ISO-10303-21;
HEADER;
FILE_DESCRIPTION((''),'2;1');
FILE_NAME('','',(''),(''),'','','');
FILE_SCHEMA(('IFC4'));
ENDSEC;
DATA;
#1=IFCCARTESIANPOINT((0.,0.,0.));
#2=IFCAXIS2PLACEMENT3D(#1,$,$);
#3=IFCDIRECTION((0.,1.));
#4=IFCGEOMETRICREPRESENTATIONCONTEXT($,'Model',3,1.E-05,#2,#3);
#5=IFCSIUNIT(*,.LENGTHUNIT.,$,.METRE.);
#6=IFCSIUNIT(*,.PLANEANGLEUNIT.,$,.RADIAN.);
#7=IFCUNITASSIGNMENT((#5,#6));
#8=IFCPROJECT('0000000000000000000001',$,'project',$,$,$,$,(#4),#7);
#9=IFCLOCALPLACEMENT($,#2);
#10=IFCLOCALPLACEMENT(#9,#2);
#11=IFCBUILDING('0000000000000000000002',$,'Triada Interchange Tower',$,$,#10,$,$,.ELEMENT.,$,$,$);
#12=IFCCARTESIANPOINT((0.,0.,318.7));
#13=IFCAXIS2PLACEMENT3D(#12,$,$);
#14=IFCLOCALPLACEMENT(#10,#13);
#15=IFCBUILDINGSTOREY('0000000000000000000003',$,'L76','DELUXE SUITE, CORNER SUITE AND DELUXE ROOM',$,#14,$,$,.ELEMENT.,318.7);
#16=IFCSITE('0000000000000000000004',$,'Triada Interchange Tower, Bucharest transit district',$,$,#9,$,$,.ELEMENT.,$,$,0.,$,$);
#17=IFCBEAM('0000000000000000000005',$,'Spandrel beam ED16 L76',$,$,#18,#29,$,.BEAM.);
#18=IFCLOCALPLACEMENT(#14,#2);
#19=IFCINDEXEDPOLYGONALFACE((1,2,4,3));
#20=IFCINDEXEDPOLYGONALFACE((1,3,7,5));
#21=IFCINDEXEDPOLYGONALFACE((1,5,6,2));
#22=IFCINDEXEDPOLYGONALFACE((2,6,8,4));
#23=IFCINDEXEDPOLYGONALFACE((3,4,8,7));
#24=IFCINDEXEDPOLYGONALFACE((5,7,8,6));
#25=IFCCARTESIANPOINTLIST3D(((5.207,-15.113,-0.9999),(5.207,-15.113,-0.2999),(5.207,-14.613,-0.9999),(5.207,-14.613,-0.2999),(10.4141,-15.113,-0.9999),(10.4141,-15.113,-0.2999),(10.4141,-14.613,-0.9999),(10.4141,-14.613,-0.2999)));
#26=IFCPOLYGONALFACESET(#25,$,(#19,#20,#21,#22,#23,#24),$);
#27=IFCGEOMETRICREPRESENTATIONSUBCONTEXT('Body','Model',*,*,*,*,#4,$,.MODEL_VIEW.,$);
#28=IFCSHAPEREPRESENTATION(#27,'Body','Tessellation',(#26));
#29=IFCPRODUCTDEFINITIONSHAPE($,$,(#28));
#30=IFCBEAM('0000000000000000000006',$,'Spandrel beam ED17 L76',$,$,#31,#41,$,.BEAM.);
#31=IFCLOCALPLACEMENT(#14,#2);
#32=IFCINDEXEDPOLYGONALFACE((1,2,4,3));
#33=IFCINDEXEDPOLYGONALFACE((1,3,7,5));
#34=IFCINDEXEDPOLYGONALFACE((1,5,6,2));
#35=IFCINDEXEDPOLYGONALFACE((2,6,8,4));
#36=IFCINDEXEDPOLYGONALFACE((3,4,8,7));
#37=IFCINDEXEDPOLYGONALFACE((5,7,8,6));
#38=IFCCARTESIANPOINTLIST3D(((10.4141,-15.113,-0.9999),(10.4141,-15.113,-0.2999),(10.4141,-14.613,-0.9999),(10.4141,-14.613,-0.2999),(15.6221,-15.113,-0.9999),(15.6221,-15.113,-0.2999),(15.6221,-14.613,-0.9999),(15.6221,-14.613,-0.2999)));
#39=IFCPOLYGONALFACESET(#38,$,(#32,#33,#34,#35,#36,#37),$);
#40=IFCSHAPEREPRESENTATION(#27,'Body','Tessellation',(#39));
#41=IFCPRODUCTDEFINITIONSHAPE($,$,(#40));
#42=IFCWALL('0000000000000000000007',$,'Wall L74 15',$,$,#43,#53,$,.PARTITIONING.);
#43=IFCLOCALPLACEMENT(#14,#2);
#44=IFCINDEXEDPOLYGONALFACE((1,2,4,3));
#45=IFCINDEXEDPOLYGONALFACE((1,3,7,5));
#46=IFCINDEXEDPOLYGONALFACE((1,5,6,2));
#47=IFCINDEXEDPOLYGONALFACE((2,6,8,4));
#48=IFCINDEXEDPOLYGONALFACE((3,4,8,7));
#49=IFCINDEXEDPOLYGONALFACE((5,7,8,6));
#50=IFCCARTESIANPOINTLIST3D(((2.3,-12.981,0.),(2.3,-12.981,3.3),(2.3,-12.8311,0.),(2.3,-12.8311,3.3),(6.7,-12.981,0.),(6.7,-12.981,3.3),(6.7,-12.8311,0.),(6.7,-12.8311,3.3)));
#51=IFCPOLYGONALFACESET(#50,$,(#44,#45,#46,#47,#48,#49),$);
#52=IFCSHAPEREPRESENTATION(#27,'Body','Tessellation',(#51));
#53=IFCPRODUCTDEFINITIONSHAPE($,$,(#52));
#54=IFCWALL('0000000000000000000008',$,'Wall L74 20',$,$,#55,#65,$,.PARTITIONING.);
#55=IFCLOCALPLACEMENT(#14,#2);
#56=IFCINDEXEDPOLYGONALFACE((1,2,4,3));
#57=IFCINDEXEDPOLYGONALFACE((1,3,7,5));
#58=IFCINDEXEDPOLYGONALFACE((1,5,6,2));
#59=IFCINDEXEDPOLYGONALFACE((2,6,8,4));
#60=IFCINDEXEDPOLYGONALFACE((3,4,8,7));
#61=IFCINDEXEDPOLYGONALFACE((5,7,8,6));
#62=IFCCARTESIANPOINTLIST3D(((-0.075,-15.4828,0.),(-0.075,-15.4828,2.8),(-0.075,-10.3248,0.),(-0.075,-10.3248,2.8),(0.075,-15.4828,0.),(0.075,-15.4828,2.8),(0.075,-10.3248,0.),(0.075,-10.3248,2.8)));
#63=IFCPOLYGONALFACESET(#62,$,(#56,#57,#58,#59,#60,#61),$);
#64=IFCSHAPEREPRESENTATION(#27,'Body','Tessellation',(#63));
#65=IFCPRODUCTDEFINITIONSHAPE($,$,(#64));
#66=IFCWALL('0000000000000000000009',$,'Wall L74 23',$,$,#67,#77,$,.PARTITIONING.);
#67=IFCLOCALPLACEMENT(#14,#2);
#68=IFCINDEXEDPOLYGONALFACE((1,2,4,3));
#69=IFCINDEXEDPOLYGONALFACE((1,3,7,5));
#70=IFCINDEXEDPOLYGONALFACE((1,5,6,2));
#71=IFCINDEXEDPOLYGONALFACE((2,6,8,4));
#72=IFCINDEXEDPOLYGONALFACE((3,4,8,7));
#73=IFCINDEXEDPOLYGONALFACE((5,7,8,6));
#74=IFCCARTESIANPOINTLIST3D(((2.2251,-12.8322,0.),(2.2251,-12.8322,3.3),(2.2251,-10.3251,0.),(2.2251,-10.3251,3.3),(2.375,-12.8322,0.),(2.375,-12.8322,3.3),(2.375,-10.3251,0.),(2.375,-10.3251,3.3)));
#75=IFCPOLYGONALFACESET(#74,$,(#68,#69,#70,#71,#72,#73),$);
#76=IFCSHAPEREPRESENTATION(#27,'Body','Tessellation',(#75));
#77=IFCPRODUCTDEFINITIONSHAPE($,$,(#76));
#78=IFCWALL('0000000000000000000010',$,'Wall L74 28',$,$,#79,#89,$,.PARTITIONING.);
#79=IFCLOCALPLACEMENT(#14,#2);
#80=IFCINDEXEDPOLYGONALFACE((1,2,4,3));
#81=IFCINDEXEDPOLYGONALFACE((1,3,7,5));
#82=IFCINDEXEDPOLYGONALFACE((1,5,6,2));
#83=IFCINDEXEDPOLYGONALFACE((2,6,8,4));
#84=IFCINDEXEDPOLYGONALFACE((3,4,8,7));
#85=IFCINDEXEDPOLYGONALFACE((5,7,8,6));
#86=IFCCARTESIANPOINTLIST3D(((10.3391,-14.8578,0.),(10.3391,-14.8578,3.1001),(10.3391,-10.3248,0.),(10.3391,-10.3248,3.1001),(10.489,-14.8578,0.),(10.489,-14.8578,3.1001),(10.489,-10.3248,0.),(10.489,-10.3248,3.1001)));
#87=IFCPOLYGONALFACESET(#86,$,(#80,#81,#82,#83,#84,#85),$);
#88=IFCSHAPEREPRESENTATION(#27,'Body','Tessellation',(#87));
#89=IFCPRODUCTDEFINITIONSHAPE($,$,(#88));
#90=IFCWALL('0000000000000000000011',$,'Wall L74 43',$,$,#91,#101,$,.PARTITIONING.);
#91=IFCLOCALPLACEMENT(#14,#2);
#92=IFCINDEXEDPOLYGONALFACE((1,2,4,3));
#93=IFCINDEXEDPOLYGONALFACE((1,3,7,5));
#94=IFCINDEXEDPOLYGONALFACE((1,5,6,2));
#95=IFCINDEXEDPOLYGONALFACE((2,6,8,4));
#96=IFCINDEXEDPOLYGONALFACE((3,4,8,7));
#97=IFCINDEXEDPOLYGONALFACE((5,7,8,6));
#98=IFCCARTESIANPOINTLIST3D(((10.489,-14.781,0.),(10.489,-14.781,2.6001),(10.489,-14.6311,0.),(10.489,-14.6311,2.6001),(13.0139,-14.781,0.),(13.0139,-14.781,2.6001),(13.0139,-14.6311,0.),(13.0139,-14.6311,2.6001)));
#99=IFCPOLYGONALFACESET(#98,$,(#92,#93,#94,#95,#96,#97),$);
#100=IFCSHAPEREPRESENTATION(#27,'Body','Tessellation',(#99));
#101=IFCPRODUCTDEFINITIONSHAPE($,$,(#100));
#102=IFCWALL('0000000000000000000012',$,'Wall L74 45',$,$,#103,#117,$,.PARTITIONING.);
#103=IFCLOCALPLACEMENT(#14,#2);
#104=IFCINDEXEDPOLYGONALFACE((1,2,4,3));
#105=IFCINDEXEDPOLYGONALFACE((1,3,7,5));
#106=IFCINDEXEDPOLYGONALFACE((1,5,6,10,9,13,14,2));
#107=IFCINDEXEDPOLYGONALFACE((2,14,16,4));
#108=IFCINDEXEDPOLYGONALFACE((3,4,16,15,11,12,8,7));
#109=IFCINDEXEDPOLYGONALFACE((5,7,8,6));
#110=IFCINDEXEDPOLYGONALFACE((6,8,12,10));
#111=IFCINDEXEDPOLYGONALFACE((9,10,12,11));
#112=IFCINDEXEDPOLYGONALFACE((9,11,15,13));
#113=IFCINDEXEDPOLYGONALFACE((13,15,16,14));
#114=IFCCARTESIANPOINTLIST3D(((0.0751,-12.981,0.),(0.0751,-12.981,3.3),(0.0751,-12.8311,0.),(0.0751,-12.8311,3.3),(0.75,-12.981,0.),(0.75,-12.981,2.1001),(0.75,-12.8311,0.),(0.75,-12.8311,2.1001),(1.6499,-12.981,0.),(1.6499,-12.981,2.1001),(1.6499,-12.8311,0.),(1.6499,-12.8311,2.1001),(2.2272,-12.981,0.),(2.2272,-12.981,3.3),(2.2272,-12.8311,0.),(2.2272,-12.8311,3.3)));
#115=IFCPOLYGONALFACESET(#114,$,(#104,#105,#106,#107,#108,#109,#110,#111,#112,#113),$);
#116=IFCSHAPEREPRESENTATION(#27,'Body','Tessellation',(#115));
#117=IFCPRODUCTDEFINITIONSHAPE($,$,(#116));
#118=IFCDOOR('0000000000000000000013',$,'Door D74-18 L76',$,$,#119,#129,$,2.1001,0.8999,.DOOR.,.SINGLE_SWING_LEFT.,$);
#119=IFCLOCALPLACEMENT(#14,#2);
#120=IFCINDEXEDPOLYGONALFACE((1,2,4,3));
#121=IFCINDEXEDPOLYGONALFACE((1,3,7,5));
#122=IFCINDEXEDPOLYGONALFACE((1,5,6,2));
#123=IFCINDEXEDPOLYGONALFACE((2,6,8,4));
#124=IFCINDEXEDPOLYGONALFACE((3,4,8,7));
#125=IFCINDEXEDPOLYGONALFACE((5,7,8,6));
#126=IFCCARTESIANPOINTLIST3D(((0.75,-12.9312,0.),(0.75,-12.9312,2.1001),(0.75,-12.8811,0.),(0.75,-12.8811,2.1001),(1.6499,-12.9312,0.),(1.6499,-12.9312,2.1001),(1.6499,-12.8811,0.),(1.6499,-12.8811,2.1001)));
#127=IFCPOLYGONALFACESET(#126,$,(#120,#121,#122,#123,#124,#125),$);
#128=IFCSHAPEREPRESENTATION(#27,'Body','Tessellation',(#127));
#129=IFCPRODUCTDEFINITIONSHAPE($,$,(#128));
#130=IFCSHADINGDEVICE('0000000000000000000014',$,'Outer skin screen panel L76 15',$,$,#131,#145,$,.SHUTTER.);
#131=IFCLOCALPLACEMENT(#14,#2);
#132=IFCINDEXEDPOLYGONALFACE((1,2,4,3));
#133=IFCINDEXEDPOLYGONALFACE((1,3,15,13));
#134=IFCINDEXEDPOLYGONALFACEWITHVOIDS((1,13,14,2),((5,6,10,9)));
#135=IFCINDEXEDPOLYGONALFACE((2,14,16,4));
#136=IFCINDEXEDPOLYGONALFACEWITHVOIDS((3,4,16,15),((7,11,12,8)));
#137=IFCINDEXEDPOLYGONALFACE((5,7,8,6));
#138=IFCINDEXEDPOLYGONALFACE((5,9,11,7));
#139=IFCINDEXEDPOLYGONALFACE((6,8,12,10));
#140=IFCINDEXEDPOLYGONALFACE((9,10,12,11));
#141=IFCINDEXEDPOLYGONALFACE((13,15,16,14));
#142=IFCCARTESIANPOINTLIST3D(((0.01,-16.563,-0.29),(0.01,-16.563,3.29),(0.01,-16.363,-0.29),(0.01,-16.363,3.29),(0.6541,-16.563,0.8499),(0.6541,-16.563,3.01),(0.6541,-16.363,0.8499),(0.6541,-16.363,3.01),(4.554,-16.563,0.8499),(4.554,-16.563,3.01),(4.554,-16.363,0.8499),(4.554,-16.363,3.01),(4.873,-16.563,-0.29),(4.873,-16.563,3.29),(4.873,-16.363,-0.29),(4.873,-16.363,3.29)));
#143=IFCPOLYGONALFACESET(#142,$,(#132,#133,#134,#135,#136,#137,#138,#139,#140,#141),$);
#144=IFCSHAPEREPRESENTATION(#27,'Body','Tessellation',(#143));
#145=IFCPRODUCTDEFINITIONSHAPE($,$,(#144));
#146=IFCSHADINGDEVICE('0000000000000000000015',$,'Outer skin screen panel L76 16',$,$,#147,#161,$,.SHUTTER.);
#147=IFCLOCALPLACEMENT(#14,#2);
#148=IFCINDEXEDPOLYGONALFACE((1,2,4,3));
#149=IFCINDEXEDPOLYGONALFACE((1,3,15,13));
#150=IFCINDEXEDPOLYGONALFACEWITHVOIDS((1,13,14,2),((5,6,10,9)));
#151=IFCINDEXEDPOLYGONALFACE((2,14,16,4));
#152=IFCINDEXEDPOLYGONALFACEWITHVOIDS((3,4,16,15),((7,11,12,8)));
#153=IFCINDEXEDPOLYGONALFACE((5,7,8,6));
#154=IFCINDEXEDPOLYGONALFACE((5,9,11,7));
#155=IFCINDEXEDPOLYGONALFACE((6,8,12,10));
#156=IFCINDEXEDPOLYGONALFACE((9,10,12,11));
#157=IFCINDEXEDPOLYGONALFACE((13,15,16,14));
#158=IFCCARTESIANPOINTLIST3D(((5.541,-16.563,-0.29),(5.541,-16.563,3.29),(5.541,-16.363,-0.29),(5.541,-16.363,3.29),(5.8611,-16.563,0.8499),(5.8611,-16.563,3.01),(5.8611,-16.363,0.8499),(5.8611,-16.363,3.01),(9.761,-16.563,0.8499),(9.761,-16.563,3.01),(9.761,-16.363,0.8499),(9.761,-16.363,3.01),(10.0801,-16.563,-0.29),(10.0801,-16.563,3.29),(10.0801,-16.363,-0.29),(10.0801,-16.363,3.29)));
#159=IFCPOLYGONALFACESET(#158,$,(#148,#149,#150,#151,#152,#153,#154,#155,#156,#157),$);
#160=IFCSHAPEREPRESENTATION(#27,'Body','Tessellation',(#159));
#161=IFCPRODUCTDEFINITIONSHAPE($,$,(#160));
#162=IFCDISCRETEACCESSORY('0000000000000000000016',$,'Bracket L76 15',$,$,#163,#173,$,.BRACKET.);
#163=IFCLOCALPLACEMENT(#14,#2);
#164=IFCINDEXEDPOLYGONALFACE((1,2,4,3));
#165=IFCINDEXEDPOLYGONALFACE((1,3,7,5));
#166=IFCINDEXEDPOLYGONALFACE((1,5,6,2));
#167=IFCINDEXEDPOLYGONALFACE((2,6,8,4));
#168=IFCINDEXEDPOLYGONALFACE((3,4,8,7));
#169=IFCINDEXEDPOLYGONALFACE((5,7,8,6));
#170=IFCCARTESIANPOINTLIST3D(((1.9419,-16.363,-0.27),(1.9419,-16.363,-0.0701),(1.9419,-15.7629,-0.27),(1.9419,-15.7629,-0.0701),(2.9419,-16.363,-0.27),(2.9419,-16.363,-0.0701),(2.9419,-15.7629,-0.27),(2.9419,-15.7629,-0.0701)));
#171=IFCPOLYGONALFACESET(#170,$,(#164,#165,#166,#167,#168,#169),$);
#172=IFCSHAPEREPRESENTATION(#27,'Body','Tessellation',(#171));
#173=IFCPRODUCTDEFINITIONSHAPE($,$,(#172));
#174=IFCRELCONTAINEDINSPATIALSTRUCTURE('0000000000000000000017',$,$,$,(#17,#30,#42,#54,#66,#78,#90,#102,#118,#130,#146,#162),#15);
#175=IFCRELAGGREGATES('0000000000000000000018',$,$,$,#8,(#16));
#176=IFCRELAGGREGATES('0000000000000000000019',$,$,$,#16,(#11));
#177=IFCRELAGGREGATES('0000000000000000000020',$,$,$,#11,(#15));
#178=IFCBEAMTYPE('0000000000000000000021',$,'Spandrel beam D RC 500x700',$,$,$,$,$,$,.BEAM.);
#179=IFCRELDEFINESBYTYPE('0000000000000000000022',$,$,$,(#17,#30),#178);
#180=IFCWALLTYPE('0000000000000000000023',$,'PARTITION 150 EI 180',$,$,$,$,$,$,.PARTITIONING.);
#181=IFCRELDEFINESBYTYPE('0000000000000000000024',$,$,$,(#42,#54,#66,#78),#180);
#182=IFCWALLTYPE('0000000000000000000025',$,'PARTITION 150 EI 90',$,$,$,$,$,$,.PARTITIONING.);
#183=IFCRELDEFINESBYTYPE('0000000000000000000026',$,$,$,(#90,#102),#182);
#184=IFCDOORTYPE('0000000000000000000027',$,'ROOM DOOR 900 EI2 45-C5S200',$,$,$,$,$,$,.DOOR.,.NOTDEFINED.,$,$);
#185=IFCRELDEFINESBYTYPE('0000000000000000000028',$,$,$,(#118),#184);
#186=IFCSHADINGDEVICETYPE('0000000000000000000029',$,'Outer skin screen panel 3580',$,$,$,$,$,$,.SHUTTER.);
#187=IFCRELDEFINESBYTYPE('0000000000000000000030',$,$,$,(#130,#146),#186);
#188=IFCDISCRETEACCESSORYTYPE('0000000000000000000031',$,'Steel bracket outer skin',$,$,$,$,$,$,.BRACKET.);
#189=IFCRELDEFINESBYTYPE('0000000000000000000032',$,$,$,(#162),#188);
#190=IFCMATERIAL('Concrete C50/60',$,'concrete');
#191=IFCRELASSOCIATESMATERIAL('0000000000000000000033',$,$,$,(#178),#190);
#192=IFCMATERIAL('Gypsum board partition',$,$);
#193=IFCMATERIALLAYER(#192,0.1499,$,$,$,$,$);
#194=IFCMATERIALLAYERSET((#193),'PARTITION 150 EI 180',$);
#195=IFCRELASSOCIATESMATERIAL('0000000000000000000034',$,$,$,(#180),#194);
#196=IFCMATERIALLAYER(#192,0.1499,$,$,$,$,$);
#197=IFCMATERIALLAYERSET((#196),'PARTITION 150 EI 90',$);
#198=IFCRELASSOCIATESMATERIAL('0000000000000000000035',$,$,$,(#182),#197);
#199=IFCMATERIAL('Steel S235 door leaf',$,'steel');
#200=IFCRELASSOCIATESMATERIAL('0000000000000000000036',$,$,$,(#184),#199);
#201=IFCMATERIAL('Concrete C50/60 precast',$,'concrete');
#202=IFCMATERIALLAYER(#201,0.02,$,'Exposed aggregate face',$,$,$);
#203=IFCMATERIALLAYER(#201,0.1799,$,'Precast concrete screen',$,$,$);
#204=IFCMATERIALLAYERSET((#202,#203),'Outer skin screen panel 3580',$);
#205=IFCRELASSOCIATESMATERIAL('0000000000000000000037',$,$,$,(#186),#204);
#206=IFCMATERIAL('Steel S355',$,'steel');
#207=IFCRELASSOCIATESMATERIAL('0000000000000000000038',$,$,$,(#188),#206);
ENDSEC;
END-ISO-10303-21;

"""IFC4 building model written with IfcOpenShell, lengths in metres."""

from ifc_helpers import new_model, si_unit, direction, frame, frame_2d, origin, origin_2d, place, context, subcontext, project, spatial, polyline, rectangle, outline, extrude, material, layer, layer_set, material_profile, profile_set, type_object, element, fill, save


model = new_model("IFC4")

# Units and contexts
model_context = context("Model", 3, precision=1e-05, world=origin(), true_north=direction((0.0, 1.0)))
body_context = subcontext(model_context, "Body", "Model", "MODEL_VIEW")
ifc_project = project(units=[si_unit("LENGTHUNIT", "METRE"), si_unit("PLANEANGLEUNIT", "RADIAN")], contexts=[model_context])

# Site, building, storey
site_placement = place(None, origin())
site = spatial("IfcSite", under=ifc_project, at=site_placement, Name="Triada Interchange Tower, Bucharest transit district", CompositionType="ELEMENT", RefElevation=0.0)
building_placement = place(site_placement, origin())
building = spatial("IfcBuilding", under=site, at=building_placement, Name="Triada Interchange Tower", CompositionType="ELEMENT")
storey_placement = place(building_placement, frame((0.0, 0.0, 318.7)))
storey = spatial("IfcBuildingStorey", under=building, at=storey_placement, Name="L76", Description="DELUXE SUITE, CORNER SUITE AND DELUXE ROOM", CompositionType="ELEMENT", Elevation=318.7)

# Shared definitions
ifc_material_1 = material(Name="Steel S355", Category="steel")

# Beams
ifc_material_2 = material(Name="Concrete C50/60", Category="concrete")
ifc_material_profile_1 = material_profile(ifc_material_2, rectangle(XDim=0.5, YDim=0.7, at=origin_2d()), Name="RC 500x700")
ifc_profile_set_1 = profile_set([ifc_material_profile_1], Name="Concrete C50/60")
beam_type_1 = type_object("IfcBeamType", Name="Spandrel beam D RC 500x700", PredefinedType="BEAM", material=ifc_profile_set_1)
beam_1_placement = place(storey_placement, frame((5.207, -14.863, -0.6499), z_axis=(1.0, 0.0, 0.0), x_axis=(0.0, 1.0, 0.0)))
element("IfcBeam", 1, at=beam_1_placement, inside=storey, type_object=beam_type_1, Name="Spandrel beam ED16 L76", PredefinedType="BEAM", context=body_context, shape_type="SweptSolid", body=[
    extrude(rectangle(XDim=0.5, YDim=0.7, at=origin_2d()), origin(), (0.0, 0.0, 1.0), 5.207),
])
beam_2_placement = place(storey_placement, frame((10.4141, -14.863, -0.6499), z_axis=(1.0, 0.0, 0.0), x_axis=(0.0, 1.0, 0.0)))
element("IfcBeam", 2, at=beam_2_placement, inside=storey, type_object=beam_type_1, Name="Spandrel beam ED17 L76", PredefinedType="BEAM", context=body_context, shape_type="SweptSolid", body=[
    extrude(rectangle(XDim=0.5, YDim=0.7, at=origin_2d()), origin(), (0.0, 0.0, 1.0), 5.208),
])

# Walls
ifc_material_3 = material(Name="Gypsum board partition")
ifc_layer_1 = layer(ifc_material_3, 0.1499)
ifc_layer_set_1 = layer_set([ifc_layer_1], Name="PARTITION 150 EI 180")
wall_type_1 = type_object("IfcWallType", Name="PARTITION 150 EI 180", PredefinedType="PARTITIONING", material=ifc_layer_set_1)
wall_1_placement = place(storey_placement, frame((2.3, -12.906, 0.0), z_axis=(0.0, 0.0, 1.0), x_axis=(1.0, 0.0, 0.0)))
element("IfcWall", 3, at=wall_1_placement, inside=storey, type_object=wall_type_1, Name="Wall L74 15", PredefinedType="PARTITIONING", context=body_context, shape_type="SweptSolid", body=[
    extrude(rectangle(XDim=4.3999, YDim=0.1499, at=frame_2d((2.2, 0.0))), origin(), (0.0, 0.0, 1.0), 3.3),
])
wall_2_placement = place(storey_placement, frame((0.0, -15.4829, 0.0), z_axis=(0.0, 0.0, 1.0), x_axis=(0.0, 1.0, 0.0)))
element("IfcWall", 4, at=wall_2_placement, inside=storey, type_object=wall_type_1, Name="Wall L74 20", PredefinedType="PARTITIONING", context=body_context, shape_type="SweptSolid", body=[
    extrude(rectangle(XDim=5.158, YDim=0.1499, at=frame_2d((2.5791, 0.0))), origin(), (0.0, 0.0, 1.0), 2.8),
])
wall_3_placement = place(storey_placement, frame((2.3, -12.832, 0.0), z_axis=(0.0, 0.0, 1.0), x_axis=(0.0, 1.0, 0.0)))
element("IfcWall", 5, at=wall_3_placement, inside=storey, type_object=wall_type_1, Name="Wall L74 23", PredefinedType="PARTITIONING", context=body_context, shape_type="SweptSolid", body=[
    extrude(rectangle(XDim=2.5071, YDim=0.1499, at=frame_2d((1.2534, 0.0))), origin(), (0.0, 0.0, 1.0), 3.3),
])
wall_4_placement = place(storey_placement, frame((10.4141, -14.8579, 0.0), z_axis=(0.0, 0.0, 1.0), x_axis=(0.0, 1.0, 0.0)))
element("IfcWall", 6, at=wall_4_placement, inside=storey, type_object=wall_type_1, Name="Wall L74 28", PredefinedType="PARTITIONING", context=body_context, shape_type="SweptSolid", body=[
    extrude(rectangle(XDim=4.533, YDim=0.1499, at=frame_2d((2.2666, 0.0))), origin(), (0.0, 0.0, 1.0), 3.1001),
])
ifc_layer_2 = layer(ifc_material_3, 0.1499)
ifc_layer_set_2 = layer_set([ifc_layer_2], Name="PARTITION 150 EI 90")
wall_type_2 = type_object("IfcWallType", Name="PARTITION 150 EI 90", PredefinedType="PARTITIONING", material=ifc_layer_set_2)
wall_5_placement = place(storey_placement, frame((10.489, -14.7061, 0.0), z_axis=(0.0, 0.0, 1.0), x_axis=(1.0, 0.0, 0.0)))
element("IfcWall", 7, at=wall_5_placement, inside=storey, type_object=wall_type_2, Name="Wall L74 43", PredefinedType="PARTITIONING", context=body_context, shape_type="SweptSolid", body=[
    extrude(rectangle(XDim=2.5249, YDim=0.1499, at=frame_2d((1.2625, 0.0))), origin(), (0.0, 0.0, 1.0), 2.6001),
])

# Wall, opening, door
wall_6_placement = place(storey_placement, frame((0.075, -12.906, 0.0), z_axis=(0.0, 0.0, 1.0), x_axis=(1.0, 0.0, 0.0)))
wall_6 = element("IfcWall", 8, at=wall_6_placement, inside=storey, type_object=wall_type_2, Name="Wall L74 45", PredefinedType="PARTITIONING", context=body_context, shape_type="SweptSolid", body=[
    extrude(rectangle(XDim=2.1521, YDim=0.1499, at=frame_2d((1.0762, 0.0))), origin(), (0.0, 0.0, 1.0), 3.3),
])
opening_placement = place(wall_6_placement, frame((0.675, 0.0, 0.0)))
opening = element("IfcOpeningElement", 9, at=opening_placement, cuts=wall_6, PredefinedType="OPENING", context=body_context, shape_type="SweptSolid", body=[
    extrude(rectangle(XDim=0.8999, YDim=2.1001, at=frame_2d((0.45, 1.05))), frame((0.0, 0.085, 0.0), z_axis=(0.0, -1.0, 0.0), x_axis=(1.0, 0.0, 0.0)), (0.0, 0.0, 1.0), 0.1699),
])
ifc_material_4 = material(Name="Steel S235 door leaf", Category="steel")
door_type = type_object("IfcDoorType", Name="ROOM DOOR 900 EI2 45-C5S200", OperationType="NOTDEFINED", PredefinedType="DOOR", material=ifc_material_4)
door_placement = place(opening_placement, origin())
door = element("IfcDoor", 10, at=door_placement, inside=storey, type_object=door_type, Name="Door D74-18 L76", OperationType="SINGLE_SWING_LEFT", OverallHeight=2.1001, OverallWidth=0.8999, PredefinedType="DOOR", context=body_context, shape_type="SweptSolid", body=[
    extrude(rectangle(XDim=0.8999, YDim=2.1001, at=frame_2d((0.45, 1.05))), frame((0.0, 0.0249, 0.0), z_axis=(0.0, -1.0, 0.0), x_axis=(1.0, 0.0, 0.0)), (0.0, 0.0, 1.0), 0.05),
])
fill(opening, door)

# Shading devices
ifc_material_5 = material(Name="Concrete C50/60 precast", Category="concrete")
ifc_layer_3 = layer(ifc_material_5, 0.02, Name="Exposed aggregate face")
ifc_layer_4 = layer(ifc_material_5, 0.1799, Name="Precast concrete screen")
ifc_layer_set_3 = layer_set([ifc_layer_3, ifc_layer_4], Name="Outer skin screen panel 3580")
shading_device_type = type_object("IfcShadingDeviceType", Name="Outer skin screen panel 3580", PredefinedType="SHUTTER", material=ifc_layer_set_3)
shading_device_1_placement = place(storey_placement, frame((0.01, -16.363, -0.29), z_axis=(0.0, 0.0, 1.0), x_axis=(1.0, 0.0, 0.0)))
element("IfcShadingDevice", 11, at=shading_device_1_placement, inside=storey, type_object=shading_device_type, Name="Outer skin screen panel L76 15", PredefinedType="SHUTTER", context=body_context, shape_type="SweptSolid", body=[
    extrude(outline(polyline([(0.0, 0.0), (4.863, 0.0), (4.863, 3.5801), (0.0, 3.5801), (0.0, 0.0)]), holes=[polyline([(0.644, 1.1399), (0.644, 3.3), (4.5439, 3.3), (4.5439, 1.1399), (0.644, 1.1399)])]), frame((0.0, 0.0, 0.0), z_axis=(0.0, -1.0, 0.0), x_axis=(1.0, 0.0, 0.0)), (0.0, 0.0, 1.0), 0.2),
])
shading_device_2_placement = place(storey_placement, frame((5.541, -16.363, -0.29), z_axis=(0.0, 0.0, 1.0), x_axis=(1.0, 0.0, 0.0)))
element("IfcShadingDevice", 12, at=shading_device_2_placement, inside=storey, type_object=shading_device_type, Name="Outer skin screen panel L76 16", PredefinedType="SHUTTER", context=body_context, shape_type="SweptSolid", body=[
    extrude(outline(polyline([(0.0, 0.0), (4.5391, 0.0), (4.5391, 3.5801), (0.0, 3.5801), (0.0, 0.0)]), holes=[polyline([(0.3201, 1.1399), (0.3201, 3.3), (4.22, 3.3), (4.22, 1.1399), (0.3201, 1.1399)])]), frame((0.0, 0.0, 0.0), z_axis=(0.0, -1.0, 0.0), x_axis=(1.0, 0.0, 0.0)), (0.0, 0.0, 1.0), 0.2),
])

# Discrete accessory
discrete_accessory_type = type_object("IfcDiscreteAccessoryType", Name="Steel bracket outer skin", PredefinedType="BRACKET", material=ifc_material_1)
for number, where, z_axis, x_axis, name in (
    (13, (2.4419, -16.063, -0.27), (0.0, 0.0, 1.0), (0.0, -1.0, 0.0), "Bracket L76 15"),
):
    element("IfcDiscreteAccessory", number, at=place(storey_placement, frame(where, z_axis=z_axis, x_axis=x_axis)), inside=storey, type_object=discrete_accessory_type, Name=name, PredefinedType="BRACKET", context=body_context, shape_type="SweptSolid", body=[
        extrude(rectangle(XDim=0.6001, YDim=1.0, at=origin_2d()), origin(), (0.0, 0.0, 1.0), 0.2),
    ])

save(model, "model.ifc")
